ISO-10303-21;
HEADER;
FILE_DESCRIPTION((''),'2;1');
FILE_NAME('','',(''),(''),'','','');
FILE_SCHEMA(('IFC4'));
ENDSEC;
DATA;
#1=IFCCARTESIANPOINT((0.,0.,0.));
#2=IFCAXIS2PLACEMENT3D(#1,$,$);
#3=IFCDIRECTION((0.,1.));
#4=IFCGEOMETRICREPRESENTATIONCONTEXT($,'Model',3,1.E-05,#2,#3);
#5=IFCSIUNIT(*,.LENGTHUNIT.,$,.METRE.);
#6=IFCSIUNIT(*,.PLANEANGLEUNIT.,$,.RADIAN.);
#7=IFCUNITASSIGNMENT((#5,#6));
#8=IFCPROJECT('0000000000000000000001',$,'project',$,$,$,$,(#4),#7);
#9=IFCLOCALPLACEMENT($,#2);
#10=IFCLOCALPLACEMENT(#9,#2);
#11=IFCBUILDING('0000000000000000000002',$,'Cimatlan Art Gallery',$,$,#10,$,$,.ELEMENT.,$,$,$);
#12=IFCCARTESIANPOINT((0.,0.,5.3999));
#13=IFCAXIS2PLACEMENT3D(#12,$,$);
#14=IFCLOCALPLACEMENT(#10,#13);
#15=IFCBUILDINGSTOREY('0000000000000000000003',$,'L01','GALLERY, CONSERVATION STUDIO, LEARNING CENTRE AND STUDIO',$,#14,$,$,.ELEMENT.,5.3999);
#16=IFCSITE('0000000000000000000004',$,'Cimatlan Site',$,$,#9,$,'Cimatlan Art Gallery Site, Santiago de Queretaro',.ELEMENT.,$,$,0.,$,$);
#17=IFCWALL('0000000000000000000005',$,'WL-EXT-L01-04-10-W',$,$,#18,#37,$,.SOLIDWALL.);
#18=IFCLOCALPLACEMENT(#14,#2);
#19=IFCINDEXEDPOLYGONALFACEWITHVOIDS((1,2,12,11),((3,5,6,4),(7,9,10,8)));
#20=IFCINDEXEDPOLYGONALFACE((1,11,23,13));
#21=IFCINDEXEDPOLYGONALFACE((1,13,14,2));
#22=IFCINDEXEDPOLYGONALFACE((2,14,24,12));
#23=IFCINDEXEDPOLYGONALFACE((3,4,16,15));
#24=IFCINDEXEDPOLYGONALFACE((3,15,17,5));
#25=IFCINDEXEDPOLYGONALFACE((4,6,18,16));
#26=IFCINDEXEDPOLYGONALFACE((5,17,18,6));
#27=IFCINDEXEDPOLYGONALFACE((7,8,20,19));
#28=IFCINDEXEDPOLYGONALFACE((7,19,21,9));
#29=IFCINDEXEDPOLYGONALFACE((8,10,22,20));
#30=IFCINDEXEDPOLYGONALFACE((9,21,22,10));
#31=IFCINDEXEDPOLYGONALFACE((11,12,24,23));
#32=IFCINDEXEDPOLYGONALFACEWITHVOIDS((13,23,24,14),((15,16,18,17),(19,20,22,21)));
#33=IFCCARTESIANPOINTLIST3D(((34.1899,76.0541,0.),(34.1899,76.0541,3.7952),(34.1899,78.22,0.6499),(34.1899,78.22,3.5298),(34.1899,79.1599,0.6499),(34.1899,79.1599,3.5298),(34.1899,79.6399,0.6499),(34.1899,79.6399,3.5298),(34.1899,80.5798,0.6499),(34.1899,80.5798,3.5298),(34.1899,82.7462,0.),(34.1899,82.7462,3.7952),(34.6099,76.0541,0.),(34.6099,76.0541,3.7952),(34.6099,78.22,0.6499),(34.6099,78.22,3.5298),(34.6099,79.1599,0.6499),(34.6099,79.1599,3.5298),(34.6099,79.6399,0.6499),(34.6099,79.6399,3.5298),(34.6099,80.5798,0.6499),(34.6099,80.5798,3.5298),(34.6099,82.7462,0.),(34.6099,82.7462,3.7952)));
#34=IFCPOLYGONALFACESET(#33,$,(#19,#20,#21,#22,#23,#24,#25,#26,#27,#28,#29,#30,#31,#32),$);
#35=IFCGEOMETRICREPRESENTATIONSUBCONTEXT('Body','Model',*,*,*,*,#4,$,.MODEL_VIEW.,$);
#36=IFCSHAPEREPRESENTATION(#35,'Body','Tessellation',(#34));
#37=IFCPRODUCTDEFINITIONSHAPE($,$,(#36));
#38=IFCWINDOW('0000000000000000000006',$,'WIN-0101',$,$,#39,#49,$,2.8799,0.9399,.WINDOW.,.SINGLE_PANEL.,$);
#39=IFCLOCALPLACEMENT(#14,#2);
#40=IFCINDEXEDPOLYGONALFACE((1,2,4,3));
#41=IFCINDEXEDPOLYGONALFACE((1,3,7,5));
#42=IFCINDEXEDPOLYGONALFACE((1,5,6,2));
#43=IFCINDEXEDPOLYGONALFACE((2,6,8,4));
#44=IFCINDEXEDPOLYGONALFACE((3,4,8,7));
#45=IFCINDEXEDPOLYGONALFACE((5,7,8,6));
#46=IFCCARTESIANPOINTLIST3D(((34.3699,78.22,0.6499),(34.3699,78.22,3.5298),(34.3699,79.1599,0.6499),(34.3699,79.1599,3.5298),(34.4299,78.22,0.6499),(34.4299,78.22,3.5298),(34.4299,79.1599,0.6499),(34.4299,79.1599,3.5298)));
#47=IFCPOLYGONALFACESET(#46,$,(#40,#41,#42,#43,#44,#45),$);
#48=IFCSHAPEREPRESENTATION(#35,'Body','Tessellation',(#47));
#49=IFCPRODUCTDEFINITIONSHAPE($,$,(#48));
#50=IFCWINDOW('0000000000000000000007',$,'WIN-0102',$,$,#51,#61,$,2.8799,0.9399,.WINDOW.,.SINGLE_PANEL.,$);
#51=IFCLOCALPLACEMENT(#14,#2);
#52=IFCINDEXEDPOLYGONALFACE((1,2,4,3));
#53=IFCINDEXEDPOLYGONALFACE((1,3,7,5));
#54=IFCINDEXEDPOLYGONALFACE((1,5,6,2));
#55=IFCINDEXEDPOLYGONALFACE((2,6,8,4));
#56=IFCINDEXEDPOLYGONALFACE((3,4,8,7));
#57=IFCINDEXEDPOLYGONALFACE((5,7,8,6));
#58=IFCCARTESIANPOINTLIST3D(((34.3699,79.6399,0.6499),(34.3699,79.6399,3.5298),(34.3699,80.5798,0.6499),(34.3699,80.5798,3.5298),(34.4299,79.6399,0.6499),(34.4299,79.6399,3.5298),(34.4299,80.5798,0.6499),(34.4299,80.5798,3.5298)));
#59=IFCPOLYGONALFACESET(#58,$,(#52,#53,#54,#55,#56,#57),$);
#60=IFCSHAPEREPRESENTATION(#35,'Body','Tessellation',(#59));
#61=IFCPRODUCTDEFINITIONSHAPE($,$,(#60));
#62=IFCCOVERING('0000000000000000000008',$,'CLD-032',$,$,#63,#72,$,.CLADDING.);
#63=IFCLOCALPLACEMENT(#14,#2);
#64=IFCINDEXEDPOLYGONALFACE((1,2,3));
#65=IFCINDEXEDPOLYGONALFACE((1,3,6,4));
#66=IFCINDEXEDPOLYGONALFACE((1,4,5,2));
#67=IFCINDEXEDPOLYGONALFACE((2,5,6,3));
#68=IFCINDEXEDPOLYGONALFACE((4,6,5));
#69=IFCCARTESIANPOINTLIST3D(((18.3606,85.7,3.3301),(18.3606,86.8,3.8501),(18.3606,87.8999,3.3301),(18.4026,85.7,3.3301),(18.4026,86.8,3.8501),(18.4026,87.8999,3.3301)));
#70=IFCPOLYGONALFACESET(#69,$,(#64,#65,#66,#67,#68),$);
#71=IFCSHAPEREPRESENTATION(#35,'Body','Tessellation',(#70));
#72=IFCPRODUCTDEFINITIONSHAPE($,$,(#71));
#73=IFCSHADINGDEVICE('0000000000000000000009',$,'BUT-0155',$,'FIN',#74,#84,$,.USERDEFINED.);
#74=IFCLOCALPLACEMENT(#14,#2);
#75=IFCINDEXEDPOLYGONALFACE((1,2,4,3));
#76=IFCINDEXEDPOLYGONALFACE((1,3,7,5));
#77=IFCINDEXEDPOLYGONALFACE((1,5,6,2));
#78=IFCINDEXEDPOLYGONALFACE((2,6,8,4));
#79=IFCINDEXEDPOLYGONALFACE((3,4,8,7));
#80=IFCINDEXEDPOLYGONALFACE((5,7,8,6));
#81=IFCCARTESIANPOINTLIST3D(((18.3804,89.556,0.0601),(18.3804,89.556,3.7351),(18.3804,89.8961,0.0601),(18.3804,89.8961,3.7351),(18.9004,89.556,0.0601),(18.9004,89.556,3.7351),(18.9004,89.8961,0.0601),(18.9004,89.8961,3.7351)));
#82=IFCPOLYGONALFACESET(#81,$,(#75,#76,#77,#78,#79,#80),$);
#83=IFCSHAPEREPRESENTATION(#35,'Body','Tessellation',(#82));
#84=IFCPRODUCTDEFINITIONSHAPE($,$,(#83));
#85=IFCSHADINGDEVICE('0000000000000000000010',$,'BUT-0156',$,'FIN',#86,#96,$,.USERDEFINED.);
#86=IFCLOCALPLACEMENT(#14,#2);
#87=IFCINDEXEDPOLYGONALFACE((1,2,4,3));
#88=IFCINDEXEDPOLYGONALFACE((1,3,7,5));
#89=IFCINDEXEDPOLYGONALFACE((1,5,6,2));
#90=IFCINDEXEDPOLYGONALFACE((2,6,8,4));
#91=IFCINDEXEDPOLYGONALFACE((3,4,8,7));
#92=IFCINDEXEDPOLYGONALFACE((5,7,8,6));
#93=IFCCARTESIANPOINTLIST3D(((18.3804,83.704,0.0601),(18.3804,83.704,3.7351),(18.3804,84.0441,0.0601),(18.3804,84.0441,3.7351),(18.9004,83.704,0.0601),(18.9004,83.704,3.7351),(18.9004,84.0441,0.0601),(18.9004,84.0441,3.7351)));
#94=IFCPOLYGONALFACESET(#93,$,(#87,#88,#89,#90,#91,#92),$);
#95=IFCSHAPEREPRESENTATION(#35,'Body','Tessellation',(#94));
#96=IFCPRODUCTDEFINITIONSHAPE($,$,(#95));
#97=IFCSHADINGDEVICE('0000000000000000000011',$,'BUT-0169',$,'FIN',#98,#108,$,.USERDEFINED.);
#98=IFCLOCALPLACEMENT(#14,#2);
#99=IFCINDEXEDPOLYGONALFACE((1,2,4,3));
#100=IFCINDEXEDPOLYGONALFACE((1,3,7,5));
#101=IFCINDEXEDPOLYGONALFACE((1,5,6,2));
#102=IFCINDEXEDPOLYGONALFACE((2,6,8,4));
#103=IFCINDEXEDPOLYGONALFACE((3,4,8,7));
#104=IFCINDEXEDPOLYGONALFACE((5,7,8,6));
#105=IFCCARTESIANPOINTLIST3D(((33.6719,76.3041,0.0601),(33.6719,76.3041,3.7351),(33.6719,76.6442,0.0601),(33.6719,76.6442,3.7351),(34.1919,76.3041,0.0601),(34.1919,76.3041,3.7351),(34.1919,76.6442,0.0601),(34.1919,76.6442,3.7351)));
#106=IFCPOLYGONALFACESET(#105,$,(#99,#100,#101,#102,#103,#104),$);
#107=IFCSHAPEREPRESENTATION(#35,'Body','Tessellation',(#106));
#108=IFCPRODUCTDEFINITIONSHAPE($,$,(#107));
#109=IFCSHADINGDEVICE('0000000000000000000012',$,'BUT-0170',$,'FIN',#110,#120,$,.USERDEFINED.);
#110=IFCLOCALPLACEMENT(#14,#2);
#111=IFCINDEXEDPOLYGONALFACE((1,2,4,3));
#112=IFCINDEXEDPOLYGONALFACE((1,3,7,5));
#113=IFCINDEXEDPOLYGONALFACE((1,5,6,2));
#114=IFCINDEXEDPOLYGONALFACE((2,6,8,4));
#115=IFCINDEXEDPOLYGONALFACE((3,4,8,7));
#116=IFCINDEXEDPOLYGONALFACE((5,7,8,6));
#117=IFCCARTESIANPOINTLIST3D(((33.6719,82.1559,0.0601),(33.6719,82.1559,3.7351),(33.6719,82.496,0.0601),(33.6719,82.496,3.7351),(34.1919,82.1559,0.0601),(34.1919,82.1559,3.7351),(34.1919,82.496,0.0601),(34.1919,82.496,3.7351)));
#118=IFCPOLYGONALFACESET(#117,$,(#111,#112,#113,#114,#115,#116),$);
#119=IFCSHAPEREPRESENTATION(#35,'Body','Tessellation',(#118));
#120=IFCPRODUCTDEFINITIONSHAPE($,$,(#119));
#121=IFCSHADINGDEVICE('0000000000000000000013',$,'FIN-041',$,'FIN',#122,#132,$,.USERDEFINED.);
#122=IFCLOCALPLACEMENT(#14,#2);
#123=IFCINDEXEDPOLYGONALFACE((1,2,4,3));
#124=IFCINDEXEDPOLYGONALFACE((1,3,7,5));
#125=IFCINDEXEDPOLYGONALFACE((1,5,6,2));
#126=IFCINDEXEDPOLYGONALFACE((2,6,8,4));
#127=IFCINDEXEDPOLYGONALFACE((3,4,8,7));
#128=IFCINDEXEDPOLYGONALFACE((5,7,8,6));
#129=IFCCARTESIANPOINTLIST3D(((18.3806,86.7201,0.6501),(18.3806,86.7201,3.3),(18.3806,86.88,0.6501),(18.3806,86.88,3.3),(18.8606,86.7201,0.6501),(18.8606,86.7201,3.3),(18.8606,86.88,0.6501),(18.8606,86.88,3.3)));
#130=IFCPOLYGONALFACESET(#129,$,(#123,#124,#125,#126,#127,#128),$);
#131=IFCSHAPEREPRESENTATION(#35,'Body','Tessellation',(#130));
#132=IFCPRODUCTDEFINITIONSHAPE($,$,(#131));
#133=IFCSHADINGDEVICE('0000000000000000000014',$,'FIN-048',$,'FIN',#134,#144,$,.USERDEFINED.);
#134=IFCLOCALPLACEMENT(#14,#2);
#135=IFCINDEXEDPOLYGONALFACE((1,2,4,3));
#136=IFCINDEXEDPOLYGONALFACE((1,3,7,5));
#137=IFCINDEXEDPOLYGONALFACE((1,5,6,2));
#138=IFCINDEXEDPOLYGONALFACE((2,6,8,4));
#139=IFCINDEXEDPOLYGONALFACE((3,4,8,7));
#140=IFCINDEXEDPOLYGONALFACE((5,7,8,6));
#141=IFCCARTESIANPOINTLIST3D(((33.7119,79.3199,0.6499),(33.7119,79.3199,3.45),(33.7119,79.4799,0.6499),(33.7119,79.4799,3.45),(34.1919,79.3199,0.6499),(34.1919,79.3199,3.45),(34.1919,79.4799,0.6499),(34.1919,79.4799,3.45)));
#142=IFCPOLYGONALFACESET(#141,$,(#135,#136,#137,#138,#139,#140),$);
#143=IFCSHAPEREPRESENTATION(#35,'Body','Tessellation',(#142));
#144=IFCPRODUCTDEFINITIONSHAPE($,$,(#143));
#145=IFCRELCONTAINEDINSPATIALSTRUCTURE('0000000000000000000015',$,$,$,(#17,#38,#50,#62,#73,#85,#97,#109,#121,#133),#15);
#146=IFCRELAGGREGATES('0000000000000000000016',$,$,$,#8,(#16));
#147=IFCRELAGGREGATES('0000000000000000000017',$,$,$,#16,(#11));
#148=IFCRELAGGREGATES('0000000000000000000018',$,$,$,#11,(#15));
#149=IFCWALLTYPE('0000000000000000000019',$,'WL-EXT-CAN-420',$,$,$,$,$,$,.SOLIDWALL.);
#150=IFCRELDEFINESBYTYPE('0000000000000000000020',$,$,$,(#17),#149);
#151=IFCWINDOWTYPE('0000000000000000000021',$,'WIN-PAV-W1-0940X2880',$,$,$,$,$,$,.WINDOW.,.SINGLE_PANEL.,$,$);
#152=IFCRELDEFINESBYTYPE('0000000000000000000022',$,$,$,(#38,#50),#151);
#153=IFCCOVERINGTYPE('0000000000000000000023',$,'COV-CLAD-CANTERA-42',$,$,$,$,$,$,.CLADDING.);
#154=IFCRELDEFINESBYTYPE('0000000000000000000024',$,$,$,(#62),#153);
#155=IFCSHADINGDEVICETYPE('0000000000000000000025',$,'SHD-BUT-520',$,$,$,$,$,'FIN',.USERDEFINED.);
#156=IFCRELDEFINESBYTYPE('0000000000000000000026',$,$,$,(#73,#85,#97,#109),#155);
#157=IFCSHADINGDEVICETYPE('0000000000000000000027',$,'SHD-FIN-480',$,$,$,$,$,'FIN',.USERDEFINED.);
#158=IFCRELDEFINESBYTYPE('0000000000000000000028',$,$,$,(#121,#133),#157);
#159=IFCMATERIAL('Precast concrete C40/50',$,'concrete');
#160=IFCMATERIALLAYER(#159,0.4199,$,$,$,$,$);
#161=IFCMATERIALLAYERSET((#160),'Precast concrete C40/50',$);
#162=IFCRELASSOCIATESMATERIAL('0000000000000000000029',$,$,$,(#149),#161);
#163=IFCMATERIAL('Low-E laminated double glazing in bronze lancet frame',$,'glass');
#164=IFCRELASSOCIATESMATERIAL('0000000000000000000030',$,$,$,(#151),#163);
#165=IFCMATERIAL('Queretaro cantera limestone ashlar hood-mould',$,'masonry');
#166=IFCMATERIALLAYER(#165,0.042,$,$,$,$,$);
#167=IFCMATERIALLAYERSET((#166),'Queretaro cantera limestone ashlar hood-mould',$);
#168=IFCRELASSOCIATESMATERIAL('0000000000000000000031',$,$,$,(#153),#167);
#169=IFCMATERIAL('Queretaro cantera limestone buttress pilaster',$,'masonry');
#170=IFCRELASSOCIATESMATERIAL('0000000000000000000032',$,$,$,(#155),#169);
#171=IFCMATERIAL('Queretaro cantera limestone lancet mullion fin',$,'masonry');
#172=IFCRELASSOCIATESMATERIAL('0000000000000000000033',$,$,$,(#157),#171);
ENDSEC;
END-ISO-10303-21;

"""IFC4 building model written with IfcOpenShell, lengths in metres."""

from ifc_helpers import new_model, si_unit, direction, frame, frame_2d, origin, origin_2d, place, context, subcontext, project, spatial, polyline, rectangle, outline, extrude, material, layer, layer_set, type_object, element, fill, save


model = new_model("IFC4")

# Units and contexts
model_context = context("Model", 3, precision=1e-05, world=origin(), true_north=direction((0.0, 1.0)))
body_context = subcontext(model_context, "Body", "Model", "MODEL_VIEW")
ifc_project = project(units=[si_unit("LENGTHUNIT", "METRE"), si_unit("PLANEANGLEUNIT", "RADIAN")], contexts=[model_context])

# Site, building, storey
site_placement = place(None, origin())
site = spatial("IfcSite", under=ifc_project, at=site_placement, Name="Cimatlan Site", LongName="Cimatlan Art Gallery Site, Santiago de Queretaro", CompositionType="ELEMENT", RefElevation=0.0)
building_placement = place(site_placement, origin())
building = spatial("IfcBuilding", under=site, at=building_placement, Name="Cimatlan Art Gallery", CompositionType="ELEMENT")
storey_placement = place(building_placement, frame((0.0, 0.0, 5.3999)))
storey = spatial("IfcBuildingStorey", under=building, at=storey_placement, Name="L01", Description="GALLERY, CONSERVATION STUDIO, LEARNING CENTRE AND STUDIO", CompositionType="ELEMENT", Elevation=5.3999)

# Wall, openings, windows
ifc_material_1 = material(Name="Precast concrete C40/50", Category="concrete")
ifc_layer_1 = layer(ifc_material_1, 0.4199)
ifc_layer_set_1 = layer_set([ifc_layer_1], Name="Precast concrete C40/50")
wall_type = type_object("IfcWallType", Name="WL-EXT-CAN-420", PredefinedType="SOLIDWALL", material=ifc_layer_set_1)
wall_placement = place(storey_placement, frame((34.3999, 76.054, 0.0), z_axis=(0.0, 0.0, 1.0), x_axis=(0.0, 1.0, 0.0)))
wall = element("IfcWall", 1, at=wall_placement, inside=storey, type_object=wall_type, Name="WL-EXT-L01-04-10-W", PredefinedType="SOLIDWALL", context=body_context, shape_type="SweptSolid", body=[
    extrude(rectangle(XDim=6.6921, YDim=0.4199, at=frame_2d((3.3462, 0.0))), origin(), (0.0, 0.0, 1.0), 3.7952),
])
opening_1_placement = place(wall_placement, frame((2.166, 0.0, 0.6499)))
opening_1 = element("IfcOpeningElement", 2, at=opening_1_placement, cuts=wall, PredefinedType="OPENING", context=body_context, shape_type="SweptSolid", body=[
    extrude(rectangle(XDim=0.9399, YDim=2.8799, at=frame_2d((0.47, 1.4399))), frame((0.0, 0.22, 0.0), z_axis=(0.0, -1.0, 0.0), x_axis=(1.0, 0.0, 0.0)), (0.0, 0.0, 1.0), 0.4399),
])
opening_2_placement = place(wall_placement, frame((3.5859, 0.0, 0.6499)))
opening_2 = element("IfcOpeningElement", 3, at=opening_2_placement, cuts=wall, PredefinedType="OPENING", context=body_context, shape_type="SweptSolid", body=[
    extrude(rectangle(XDim=0.9399, YDim=2.8799, at=frame_2d((0.47, 1.4399))), frame((0.0, 0.22, 0.0), z_axis=(0.0, -1.0, 0.0), x_axis=(1.0, 0.0, 0.0)), (0.0, 0.0, 1.0), 0.4399),
])
ifc_material_2 = material(Name="Low-E laminated double glazing in bronze lancet frame", Category="glass")
window_type = type_object("IfcWindowType", Name="WIN-PAV-W1-0940X2880", PartitioningType="SINGLE_PANEL", PredefinedType="WINDOW", material=ifc_material_2)
window_1_placement = place(opening_1_placement, origin())
window_1 = element("IfcWindow", 4, at=window_1_placement, inside=storey, type_object=window_type, Name="WIN-0101", OverallHeight=2.8799, OverallWidth=0.9399, PartitioningType="SINGLE_PANEL", PredefinedType="WINDOW", context=body_context, shape_type="SweptSolid", body=[
    extrude(rectangle(XDim=0.9399, YDim=2.8799, at=frame_2d((0.47, 1.4399))), frame((0.0, 0.03, 0.0), z_axis=(0.0, -1.0, 0.0), x_axis=(1.0, 0.0, 0.0)), (0.0, 0.0, 1.0), 0.0601),
])
fill(opening_1, window_1)
window_2_placement = place(opening_2_placement, origin())
window_2 = element("IfcWindow", 5, at=window_2_placement, inside=storey, type_object=window_type, Name="WIN-0102", OverallHeight=2.8799, OverallWidth=0.9399, PartitioningType="SINGLE_PANEL", PredefinedType="WINDOW", context=body_context, shape_type="SweptSolid", body=[
    extrude(rectangle(XDim=0.9399, YDim=2.8799, at=frame_2d((0.47, 1.4399))), frame((0.0, 0.03, 0.0), z_axis=(0.0, -1.0, 0.0), x_axis=(1.0, 0.0, 0.0)), (0.0, 0.0, 1.0), 0.0601),
])
fill(opening_2, window_2)

# Covering
ifc_material_3 = material(Name="Queretaro cantera limestone ashlar hood-mould", Category="masonry")
ifc_layer_2 = layer(ifc_material_3, 0.042)
ifc_layer_set_2 = layer_set([ifc_layer_2], Name="Queretaro cantera limestone ashlar hood-mould")
covering_type = type_object("IfcCoveringType", Name="COV-CLAD-CANTERA-42", PredefinedType="CLADDING", material=ifc_layer_set_2)
covering_placement = place(storey_placement, frame((18.3606, 87.8999, 3.3301), z_axis=(-1.0, 0.0, 0.0), x_axis=(0.0, -1.0, 0.0)))
element("IfcCovering", 6, at=covering_placement, inside=storey, type_object=covering_type, Name="CLD-032", PredefinedType="CLADDING", context=body_context, shape_type="SweptSolid", body=[
    extrude(outline(polyline([(0.0, 0.0), (2.2, 0.0), (1.0999, 0.52), (0.0, 0.0)])), origin(), (0.0, 0.0, -1.0), 0.042),
])

# Shading devices
ifc_material_4 = material(Name="Queretaro cantera limestone buttress pilaster", Category="masonry")
shading_device_type_1 = type_object("IfcShadingDeviceType", Name="SHD-BUT-520", ElementType="FIN", PredefinedType="USERDEFINED", material=ifc_material_4)
for number, where, z_axis, x_axis, name in (
    (7, (18.6404, 89.7261, 0.0601), (0.0, 0.0, 1.0), (0.0, -1.0, 0.0), "BUT-0155"),
    (8, (18.6404, 83.874, 0.0601), (0.0, 0.0, 1.0), (0.0, -1.0, 0.0), "BUT-0156"),
    (9, (33.9319, 76.4741, 0.0601), (0.0, 0.0, 1.0), (0.0, 1.0, 0.0), "BUT-0169"),
    (10, (33.9319, 82.3259, 0.0601), (0.0, 0.0, 1.0), (0.0, 1.0, 0.0), "BUT-0170"),
):
    element("IfcShadingDevice", number, at=place(storey_placement, frame(where, z_axis=z_axis, x_axis=x_axis)), inside=storey, type_object=shading_device_type_1, Name=name, ObjectType="FIN", PredefinedType="USERDEFINED", context=body_context, shape_type="SweptSolid", body=[
        extrude(rectangle(XDim=0.3401, YDim=0.52, at=origin_2d()), origin(), (0.0, 0.0, 1.0), 3.675),
    ])
ifc_material_5 = material(Name="Queretaro cantera limestone lancet mullion fin", Category="masonry")
shading_device_type_2 = type_object("IfcShadingDeviceType", Name="SHD-FIN-480", ElementType="FIN", PredefinedType="USERDEFINED", material=ifc_material_5)
shading_device_1_placement = place(storey_placement, frame((18.6206, 86.8, 0.6501), z_axis=(0.0, 0.0, 1.0), x_axis=(0.0, -1.0, 0.0)))
element("IfcShadingDevice", 11, at=shading_device_1_placement, inside=storey, type_object=shading_device_type_2, Name="FIN-041", ObjectType="FIN", PredefinedType="USERDEFINED", context=body_context, shape_type="SweptSolid", body=[
    extrude(rectangle(XDim=0.1599, YDim=0.48, at=origin_2d()), origin(), (0.0, 0.0, 1.0), 2.6499),
])
shading_device_2_placement = place(storey_placement, frame((33.9519, 79.3999, 0.6499), z_axis=(0.0, 0.0, 1.0), x_axis=(0.0, 1.0, 0.0)))
element("IfcShadingDevice", 12, at=shading_device_2_placement, inside=storey, type_object=shading_device_type_2, Name="FIN-048", ObjectType="FIN", PredefinedType="USERDEFINED", context=body_context, shape_type="SweptSolid", body=[
    extrude(rectangle(XDim=0.1599, YDim=0.48, at=origin_2d()), origin(), (0.0, 0.0, 1.0), 2.8),
])

save(model, "model.ifc")
